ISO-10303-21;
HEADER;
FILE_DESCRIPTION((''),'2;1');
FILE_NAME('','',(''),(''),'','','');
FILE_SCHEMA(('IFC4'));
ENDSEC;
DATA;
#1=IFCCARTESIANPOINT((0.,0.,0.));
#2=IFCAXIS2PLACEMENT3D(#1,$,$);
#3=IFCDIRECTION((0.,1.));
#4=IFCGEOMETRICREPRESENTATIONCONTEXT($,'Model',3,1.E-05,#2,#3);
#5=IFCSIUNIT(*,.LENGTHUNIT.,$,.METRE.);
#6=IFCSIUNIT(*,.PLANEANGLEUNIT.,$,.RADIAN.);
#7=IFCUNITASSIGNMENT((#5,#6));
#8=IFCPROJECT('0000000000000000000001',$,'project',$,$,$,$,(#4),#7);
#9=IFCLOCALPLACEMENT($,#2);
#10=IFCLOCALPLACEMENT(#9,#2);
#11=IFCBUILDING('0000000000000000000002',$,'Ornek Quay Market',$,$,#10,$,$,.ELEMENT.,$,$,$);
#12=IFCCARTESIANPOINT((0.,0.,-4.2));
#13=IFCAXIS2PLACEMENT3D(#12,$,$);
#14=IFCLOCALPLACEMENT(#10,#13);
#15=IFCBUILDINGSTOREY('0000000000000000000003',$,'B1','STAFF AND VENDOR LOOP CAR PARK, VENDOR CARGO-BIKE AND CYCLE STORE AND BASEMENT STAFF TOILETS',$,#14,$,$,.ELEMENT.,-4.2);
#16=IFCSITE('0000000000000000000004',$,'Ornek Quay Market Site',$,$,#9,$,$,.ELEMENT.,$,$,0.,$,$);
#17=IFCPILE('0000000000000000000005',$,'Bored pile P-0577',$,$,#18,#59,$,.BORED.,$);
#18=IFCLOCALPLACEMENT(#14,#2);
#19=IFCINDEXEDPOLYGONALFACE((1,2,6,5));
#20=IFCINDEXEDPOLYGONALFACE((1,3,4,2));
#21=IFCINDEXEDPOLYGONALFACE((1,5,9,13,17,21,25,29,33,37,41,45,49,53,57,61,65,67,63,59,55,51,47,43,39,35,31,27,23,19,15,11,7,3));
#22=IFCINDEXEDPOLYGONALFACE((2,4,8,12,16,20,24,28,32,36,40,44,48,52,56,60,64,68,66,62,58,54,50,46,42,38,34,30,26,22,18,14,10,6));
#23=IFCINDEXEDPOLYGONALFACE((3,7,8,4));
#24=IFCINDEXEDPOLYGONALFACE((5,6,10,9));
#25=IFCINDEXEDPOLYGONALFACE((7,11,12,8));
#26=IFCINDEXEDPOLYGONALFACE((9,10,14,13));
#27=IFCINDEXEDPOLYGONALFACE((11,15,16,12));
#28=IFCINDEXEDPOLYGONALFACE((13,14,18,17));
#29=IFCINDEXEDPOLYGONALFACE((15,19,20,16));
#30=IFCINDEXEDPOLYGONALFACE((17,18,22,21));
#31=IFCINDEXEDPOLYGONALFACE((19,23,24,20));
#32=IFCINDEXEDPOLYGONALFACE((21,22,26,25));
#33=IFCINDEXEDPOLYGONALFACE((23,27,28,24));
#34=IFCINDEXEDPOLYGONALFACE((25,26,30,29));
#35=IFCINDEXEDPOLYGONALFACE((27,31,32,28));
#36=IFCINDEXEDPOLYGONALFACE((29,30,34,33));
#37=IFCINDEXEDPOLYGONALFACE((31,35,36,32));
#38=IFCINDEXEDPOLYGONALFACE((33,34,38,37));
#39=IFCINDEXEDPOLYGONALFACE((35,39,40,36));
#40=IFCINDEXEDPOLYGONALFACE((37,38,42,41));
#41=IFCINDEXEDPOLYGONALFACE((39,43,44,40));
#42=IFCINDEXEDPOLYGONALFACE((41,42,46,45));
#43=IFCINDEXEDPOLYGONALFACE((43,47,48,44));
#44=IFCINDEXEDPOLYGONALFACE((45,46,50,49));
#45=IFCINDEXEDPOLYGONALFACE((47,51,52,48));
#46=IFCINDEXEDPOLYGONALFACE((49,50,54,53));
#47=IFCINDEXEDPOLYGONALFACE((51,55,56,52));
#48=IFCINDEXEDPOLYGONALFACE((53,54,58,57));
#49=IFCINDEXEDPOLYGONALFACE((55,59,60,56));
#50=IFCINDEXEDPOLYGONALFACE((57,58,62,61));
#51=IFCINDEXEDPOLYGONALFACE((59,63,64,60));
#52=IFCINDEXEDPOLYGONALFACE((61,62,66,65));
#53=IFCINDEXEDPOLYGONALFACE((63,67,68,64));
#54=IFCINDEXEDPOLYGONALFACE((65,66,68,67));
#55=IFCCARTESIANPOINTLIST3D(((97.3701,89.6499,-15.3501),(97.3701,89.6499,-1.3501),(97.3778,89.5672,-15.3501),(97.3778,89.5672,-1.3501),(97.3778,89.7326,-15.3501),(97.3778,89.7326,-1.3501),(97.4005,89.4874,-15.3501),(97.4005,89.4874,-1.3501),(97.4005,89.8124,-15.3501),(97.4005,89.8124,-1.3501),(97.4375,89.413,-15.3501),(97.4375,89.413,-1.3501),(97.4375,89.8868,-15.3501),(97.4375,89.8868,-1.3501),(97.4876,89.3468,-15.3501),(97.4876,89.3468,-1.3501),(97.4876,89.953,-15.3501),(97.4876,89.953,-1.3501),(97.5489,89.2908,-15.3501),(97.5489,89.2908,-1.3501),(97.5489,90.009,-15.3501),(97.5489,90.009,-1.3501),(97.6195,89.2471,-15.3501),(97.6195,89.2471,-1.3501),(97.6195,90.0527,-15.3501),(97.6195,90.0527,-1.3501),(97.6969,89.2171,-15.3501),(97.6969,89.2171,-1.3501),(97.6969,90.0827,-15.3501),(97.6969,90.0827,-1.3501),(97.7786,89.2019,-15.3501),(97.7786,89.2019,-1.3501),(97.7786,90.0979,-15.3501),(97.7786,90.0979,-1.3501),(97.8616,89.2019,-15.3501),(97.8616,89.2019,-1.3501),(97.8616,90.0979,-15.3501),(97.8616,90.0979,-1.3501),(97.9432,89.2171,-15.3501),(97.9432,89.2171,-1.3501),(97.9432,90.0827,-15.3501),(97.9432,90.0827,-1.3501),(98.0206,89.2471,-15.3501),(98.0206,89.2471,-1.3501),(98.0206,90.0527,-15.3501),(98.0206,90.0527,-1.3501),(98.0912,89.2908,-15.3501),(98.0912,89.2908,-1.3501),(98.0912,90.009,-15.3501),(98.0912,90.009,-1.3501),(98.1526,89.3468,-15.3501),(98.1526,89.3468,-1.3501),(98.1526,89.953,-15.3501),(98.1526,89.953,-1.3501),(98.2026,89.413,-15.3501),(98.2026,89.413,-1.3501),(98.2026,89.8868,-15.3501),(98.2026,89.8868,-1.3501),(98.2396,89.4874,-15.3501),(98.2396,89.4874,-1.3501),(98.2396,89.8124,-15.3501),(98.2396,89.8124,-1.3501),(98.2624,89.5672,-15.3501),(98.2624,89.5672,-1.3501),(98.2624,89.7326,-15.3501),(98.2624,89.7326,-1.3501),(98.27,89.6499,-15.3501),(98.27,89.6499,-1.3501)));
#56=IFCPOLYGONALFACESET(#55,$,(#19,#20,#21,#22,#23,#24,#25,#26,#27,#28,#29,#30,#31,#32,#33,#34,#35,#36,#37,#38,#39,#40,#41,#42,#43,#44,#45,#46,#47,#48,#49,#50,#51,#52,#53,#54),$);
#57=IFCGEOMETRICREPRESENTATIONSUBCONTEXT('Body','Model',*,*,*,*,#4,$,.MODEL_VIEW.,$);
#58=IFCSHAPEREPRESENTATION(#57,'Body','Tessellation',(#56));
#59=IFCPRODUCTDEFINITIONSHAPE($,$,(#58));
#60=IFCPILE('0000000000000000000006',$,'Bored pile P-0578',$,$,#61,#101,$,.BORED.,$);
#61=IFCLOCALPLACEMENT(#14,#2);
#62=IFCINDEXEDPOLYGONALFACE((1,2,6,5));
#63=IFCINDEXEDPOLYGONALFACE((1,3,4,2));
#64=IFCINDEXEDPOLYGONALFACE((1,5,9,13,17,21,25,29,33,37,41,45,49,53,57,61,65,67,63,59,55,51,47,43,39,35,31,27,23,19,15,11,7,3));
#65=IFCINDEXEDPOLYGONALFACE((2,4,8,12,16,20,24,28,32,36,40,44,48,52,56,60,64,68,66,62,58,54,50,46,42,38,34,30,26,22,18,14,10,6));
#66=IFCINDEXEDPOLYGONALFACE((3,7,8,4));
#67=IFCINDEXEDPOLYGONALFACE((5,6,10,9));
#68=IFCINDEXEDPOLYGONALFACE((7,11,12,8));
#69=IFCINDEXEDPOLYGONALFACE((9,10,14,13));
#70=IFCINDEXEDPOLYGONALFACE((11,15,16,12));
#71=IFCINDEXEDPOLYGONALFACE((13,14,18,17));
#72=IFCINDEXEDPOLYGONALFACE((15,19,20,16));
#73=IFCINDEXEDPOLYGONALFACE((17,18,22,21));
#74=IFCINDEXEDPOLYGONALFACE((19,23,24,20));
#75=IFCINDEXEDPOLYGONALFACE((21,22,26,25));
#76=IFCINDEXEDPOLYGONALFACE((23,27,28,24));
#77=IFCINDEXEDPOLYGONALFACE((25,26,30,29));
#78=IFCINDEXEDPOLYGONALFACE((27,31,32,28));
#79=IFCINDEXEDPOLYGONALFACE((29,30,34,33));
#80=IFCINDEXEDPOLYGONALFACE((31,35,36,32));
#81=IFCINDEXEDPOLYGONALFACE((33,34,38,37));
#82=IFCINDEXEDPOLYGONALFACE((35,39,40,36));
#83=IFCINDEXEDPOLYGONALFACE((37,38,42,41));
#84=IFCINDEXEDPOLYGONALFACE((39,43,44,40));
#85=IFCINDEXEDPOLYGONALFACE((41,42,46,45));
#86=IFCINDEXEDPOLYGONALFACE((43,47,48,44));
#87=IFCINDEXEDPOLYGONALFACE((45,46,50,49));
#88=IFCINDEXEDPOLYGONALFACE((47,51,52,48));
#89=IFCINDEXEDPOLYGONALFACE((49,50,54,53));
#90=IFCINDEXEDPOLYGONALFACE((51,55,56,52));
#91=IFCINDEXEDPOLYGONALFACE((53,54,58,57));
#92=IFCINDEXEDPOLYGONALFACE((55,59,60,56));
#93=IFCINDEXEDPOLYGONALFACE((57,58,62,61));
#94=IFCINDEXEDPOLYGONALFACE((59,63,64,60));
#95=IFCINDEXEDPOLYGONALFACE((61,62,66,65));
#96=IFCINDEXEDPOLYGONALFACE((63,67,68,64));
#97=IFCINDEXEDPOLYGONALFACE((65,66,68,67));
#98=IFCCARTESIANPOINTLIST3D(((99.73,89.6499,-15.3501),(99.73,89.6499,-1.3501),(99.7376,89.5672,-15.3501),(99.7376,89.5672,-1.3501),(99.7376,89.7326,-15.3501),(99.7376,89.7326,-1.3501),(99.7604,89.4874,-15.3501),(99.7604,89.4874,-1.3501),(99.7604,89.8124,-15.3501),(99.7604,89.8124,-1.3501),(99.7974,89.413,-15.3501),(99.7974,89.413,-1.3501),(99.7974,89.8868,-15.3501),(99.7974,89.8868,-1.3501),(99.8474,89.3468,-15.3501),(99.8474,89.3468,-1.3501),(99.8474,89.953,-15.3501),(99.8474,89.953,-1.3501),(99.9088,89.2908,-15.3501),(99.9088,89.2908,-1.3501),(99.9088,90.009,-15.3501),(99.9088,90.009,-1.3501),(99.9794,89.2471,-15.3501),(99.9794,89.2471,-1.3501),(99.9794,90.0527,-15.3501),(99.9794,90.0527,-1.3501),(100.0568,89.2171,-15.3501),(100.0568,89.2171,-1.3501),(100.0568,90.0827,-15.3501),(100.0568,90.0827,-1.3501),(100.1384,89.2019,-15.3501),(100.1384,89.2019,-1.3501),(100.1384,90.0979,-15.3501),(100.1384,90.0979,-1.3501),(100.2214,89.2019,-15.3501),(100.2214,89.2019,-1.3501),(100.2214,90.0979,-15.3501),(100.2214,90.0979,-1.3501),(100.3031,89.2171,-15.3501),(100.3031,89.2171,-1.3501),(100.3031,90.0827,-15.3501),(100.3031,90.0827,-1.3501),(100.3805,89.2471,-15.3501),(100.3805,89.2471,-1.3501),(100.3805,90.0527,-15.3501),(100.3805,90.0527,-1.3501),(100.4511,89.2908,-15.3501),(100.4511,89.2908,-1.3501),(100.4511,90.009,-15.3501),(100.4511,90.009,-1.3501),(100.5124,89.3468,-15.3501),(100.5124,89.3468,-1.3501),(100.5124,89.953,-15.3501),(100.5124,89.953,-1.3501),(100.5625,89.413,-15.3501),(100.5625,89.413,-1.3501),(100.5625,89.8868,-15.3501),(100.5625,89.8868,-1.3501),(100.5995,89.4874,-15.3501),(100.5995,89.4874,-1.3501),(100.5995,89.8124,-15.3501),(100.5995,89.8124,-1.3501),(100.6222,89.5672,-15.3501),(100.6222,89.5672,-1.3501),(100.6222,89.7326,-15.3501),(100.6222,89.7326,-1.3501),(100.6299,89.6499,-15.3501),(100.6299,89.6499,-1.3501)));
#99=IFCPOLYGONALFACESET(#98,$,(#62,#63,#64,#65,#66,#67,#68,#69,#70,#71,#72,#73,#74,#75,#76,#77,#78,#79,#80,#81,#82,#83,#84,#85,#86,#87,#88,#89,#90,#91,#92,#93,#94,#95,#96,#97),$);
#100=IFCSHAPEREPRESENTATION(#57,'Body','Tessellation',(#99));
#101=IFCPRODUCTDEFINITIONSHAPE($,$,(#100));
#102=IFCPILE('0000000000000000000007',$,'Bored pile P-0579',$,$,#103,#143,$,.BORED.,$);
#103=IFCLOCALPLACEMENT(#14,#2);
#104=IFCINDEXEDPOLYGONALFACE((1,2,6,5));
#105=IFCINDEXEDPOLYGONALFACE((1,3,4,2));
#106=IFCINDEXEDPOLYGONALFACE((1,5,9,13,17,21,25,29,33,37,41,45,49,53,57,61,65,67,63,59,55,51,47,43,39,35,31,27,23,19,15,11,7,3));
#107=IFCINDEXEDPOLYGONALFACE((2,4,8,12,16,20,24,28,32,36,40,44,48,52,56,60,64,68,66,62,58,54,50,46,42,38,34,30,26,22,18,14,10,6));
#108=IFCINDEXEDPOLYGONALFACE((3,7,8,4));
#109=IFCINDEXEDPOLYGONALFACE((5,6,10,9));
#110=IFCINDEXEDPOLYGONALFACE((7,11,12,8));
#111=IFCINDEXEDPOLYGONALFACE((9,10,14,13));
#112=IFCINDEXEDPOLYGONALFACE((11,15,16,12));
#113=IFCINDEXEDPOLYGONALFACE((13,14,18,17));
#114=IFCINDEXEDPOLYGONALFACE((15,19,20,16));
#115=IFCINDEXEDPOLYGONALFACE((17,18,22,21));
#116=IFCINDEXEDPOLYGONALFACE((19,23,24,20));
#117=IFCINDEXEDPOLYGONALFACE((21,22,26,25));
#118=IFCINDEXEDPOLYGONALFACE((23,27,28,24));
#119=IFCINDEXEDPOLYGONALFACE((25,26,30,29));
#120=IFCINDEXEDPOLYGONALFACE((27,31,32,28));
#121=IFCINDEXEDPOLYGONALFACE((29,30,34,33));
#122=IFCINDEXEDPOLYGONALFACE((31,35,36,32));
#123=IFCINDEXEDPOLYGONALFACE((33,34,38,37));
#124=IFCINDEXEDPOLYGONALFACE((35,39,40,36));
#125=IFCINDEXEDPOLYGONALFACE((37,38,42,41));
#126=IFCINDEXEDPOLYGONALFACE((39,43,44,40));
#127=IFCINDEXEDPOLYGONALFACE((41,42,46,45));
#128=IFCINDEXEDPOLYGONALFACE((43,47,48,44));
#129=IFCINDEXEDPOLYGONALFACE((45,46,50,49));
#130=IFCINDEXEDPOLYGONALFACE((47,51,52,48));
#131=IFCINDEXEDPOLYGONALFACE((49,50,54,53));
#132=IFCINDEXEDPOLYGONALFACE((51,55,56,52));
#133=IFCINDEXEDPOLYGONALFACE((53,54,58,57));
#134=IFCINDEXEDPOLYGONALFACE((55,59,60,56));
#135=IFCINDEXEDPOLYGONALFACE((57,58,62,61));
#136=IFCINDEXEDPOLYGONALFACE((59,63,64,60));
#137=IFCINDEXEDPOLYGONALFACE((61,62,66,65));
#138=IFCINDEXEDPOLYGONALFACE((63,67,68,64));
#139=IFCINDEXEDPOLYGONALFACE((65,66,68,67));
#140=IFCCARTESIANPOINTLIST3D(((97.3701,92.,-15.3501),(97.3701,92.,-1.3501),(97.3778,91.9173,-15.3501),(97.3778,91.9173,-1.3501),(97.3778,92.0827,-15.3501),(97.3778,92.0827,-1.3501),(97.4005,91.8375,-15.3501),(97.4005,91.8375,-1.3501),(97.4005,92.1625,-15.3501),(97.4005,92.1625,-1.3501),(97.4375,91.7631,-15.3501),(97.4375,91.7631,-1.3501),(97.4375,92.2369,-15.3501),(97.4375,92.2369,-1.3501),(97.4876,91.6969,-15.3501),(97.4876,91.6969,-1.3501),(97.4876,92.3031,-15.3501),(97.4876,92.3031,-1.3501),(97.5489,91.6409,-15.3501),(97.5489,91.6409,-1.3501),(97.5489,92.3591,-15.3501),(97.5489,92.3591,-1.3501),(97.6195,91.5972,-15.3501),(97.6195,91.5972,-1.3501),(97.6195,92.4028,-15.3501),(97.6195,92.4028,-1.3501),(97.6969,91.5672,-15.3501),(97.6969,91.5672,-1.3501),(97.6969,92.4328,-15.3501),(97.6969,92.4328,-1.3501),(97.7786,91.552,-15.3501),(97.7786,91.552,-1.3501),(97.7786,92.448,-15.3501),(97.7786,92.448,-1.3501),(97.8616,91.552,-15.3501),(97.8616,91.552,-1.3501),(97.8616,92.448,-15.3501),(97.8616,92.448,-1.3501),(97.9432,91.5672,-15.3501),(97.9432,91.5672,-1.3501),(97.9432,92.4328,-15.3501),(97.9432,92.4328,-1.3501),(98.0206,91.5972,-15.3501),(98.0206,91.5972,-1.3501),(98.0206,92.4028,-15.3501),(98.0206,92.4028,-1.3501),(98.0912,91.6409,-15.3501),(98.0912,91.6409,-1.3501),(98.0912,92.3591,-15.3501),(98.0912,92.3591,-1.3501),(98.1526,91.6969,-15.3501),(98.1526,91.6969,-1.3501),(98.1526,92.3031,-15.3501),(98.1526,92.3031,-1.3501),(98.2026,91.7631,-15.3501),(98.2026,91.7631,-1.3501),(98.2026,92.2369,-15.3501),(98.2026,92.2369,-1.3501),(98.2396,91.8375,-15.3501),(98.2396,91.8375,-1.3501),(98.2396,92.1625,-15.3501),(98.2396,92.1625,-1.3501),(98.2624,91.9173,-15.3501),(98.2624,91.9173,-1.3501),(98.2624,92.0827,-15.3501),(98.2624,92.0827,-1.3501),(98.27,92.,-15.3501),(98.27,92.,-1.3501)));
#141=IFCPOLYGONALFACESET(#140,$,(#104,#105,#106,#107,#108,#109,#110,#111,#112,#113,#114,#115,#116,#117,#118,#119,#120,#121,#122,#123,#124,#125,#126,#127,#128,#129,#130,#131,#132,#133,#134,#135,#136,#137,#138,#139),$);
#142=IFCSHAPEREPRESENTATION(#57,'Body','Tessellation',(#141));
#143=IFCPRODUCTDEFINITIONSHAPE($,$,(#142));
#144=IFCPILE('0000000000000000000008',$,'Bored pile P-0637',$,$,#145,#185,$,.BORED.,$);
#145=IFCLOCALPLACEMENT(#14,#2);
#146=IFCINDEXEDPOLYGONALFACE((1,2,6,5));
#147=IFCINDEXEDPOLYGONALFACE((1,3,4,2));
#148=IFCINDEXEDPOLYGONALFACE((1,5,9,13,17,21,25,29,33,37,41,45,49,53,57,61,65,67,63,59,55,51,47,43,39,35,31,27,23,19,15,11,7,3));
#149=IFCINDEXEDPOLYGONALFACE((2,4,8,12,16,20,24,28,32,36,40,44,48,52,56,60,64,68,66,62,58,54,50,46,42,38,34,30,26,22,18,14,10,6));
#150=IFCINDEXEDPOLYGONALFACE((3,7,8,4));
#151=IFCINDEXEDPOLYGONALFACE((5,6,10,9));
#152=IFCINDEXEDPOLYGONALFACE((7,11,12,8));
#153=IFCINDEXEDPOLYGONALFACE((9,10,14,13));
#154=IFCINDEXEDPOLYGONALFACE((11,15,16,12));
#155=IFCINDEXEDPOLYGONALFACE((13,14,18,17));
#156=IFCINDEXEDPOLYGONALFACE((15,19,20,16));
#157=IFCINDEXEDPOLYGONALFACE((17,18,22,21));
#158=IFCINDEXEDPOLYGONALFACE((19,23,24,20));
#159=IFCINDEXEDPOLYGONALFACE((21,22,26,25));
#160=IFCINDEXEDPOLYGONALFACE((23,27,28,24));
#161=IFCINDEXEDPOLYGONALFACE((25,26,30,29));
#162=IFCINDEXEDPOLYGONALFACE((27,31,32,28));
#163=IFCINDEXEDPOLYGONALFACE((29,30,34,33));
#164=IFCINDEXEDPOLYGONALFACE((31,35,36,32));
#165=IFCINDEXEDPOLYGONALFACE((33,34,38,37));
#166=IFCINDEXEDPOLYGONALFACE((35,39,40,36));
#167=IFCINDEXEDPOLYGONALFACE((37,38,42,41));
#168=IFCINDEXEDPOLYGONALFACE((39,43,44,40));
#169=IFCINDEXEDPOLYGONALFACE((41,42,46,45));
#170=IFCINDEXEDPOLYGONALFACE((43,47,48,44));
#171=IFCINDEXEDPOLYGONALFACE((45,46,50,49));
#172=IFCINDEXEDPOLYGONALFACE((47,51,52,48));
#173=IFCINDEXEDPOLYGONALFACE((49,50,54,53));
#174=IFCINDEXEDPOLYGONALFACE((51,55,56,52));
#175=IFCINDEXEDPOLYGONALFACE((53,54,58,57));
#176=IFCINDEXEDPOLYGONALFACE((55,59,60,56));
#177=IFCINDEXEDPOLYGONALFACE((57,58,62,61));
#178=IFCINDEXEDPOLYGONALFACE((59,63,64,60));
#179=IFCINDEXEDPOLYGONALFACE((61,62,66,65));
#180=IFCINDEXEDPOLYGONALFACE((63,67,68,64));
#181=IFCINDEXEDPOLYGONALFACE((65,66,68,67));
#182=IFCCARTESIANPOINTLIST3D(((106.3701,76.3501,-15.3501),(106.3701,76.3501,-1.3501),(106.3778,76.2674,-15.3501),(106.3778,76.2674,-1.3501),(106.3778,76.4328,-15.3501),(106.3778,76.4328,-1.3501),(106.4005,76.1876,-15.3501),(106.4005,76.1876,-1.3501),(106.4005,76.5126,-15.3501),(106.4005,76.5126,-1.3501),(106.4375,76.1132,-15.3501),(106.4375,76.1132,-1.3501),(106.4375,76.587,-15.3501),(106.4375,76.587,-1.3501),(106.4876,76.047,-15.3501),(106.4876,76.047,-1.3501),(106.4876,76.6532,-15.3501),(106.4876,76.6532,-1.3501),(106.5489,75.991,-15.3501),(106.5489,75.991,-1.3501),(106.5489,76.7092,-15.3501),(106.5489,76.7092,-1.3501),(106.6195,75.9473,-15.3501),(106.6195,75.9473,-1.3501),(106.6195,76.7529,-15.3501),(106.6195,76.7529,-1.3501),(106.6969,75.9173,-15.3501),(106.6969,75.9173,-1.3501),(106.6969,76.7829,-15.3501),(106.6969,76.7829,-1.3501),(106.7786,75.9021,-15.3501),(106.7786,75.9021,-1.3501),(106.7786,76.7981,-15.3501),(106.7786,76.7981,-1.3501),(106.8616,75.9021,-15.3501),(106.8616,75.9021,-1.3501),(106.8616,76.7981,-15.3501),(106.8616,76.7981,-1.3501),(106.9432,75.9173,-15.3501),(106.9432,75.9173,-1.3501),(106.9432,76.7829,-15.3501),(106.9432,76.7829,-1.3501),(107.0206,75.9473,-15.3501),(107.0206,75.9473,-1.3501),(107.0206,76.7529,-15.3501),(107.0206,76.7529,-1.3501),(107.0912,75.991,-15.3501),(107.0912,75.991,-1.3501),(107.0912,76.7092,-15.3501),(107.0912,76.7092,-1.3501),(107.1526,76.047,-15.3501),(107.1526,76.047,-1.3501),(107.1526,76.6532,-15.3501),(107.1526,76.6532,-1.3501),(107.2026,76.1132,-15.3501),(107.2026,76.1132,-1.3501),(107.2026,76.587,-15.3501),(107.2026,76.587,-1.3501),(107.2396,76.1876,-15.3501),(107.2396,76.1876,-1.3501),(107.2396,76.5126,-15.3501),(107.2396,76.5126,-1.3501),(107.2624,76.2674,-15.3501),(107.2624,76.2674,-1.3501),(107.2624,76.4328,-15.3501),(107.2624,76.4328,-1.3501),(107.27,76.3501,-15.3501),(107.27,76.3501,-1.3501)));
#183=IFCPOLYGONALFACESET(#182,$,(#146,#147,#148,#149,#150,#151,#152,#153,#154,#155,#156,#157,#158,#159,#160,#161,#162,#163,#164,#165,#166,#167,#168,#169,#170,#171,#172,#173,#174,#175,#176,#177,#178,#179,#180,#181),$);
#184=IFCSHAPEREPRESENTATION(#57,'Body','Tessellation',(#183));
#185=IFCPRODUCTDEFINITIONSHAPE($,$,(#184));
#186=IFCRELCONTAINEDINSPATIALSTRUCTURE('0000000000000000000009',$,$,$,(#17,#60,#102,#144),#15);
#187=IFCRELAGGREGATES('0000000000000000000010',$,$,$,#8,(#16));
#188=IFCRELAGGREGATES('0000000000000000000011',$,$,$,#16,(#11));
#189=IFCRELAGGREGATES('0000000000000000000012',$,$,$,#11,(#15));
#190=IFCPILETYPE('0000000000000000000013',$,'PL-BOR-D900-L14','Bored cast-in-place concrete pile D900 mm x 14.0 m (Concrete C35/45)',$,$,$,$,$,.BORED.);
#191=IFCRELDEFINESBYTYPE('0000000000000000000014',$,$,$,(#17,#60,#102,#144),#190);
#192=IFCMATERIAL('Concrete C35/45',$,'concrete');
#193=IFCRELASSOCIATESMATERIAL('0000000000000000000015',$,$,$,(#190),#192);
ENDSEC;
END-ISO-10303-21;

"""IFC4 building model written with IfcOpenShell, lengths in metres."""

from ifc_helpers import new_model, si_unit, direction, frame, origin, origin_2d, place, context, subcontext, project, spatial, circle, extrude, material, material_profile, profile_set, type_object, element, save


model = new_model("IFC4")

# Units and contexts
model_context = context("Model", 3, precision=1e-05, world=origin(), true_north=direction((0.0, 1.0)))
body_context = subcontext(model_context, "Body", "Model", "MODEL_VIEW")
ifc_project = project(units=[si_unit("LENGTHUNIT", "METRE"), si_unit("PLANEANGLEUNIT", "RADIAN")], contexts=[model_context])

# Site, building, storey
site_placement = place(None, origin())
site = spatial("IfcSite", under=ifc_project, at=site_placement, Name="Ornek Quay Market Site", CompositionType="ELEMENT", RefElevation=0.0)
building_placement = place(site_placement, origin())
building = spatial("IfcBuilding", under=site, at=building_placement, Name="Ornek Quay Market", CompositionType="ELEMENT")
storey_placement = place(building_placement, frame((0.0, 0.0, -4.2)))
storey = spatial("IfcBuildingStorey", under=building, at=storey_placement, Name="B1", Description="STAFF AND VENDOR LOOP CAR PARK, VENDOR CARGO-BIKE AND CYCLE STORE AND BASEMENT STAFF TOILETS", CompositionType="ELEMENT", Elevation=-4.2)

# Piles
ifc_material_1 = material(Name="Concrete C35/45", Category="concrete")
ifc_material_profile_1 = material_profile(ifc_material_1, circle(Radius=0.45, at=origin_2d()), Name="PILE D900", Category="concrete")
ifc_profile_set_1 = profile_set([ifc_material_profile_1], Name="Concrete C35/45")
pile_type_1 = type_object("IfcPileType", Name="PL-BOR-D900-L14", Description="Bored cast-in-place concrete pile D900 mm x 14.0 m (Concrete C35/45)", PredefinedType="BORED", material=ifc_profile_set_1)
for number, where, z_axis, x_axis, name in (
    (1, (97.8201, 89.6499, -1.3501), (0.0, 0.0, -1.0), (1.0, 0.0, 0.0), "Bored pile P-0577"),
    (2, (100.1799, 89.6499, -1.3501), (0.0, 0.0, -1.0), (1.0, 0.0, 0.0), "Bored pile P-0578"),
    (3, (97.8201, 92.0, -1.3501), (0.0, 0.0, -1.0), (1.0, 0.0, 0.0), "Bored pile P-0579"),
    (4, (106.8201, 76.3501, -1.3501), (0.0, 0.0, -1.0), (1.0, 0.0, 0.0), "Bored pile P-0637"),
):
    element("IfcPile", number, at=place(storey_placement, frame(where, z_axis=z_axis, x_axis=x_axis)), inside=storey, type_object=pile_type_1, Name=name, PredefinedType="BORED", context=body_context, shape_type="SweptSolid", body=[
        extrude(circle(Radius=0.45, at=origin_2d()), origin(), (0.0, 0.0, 1.0), 14.0),
    ])

save(model, "model.ifc")
